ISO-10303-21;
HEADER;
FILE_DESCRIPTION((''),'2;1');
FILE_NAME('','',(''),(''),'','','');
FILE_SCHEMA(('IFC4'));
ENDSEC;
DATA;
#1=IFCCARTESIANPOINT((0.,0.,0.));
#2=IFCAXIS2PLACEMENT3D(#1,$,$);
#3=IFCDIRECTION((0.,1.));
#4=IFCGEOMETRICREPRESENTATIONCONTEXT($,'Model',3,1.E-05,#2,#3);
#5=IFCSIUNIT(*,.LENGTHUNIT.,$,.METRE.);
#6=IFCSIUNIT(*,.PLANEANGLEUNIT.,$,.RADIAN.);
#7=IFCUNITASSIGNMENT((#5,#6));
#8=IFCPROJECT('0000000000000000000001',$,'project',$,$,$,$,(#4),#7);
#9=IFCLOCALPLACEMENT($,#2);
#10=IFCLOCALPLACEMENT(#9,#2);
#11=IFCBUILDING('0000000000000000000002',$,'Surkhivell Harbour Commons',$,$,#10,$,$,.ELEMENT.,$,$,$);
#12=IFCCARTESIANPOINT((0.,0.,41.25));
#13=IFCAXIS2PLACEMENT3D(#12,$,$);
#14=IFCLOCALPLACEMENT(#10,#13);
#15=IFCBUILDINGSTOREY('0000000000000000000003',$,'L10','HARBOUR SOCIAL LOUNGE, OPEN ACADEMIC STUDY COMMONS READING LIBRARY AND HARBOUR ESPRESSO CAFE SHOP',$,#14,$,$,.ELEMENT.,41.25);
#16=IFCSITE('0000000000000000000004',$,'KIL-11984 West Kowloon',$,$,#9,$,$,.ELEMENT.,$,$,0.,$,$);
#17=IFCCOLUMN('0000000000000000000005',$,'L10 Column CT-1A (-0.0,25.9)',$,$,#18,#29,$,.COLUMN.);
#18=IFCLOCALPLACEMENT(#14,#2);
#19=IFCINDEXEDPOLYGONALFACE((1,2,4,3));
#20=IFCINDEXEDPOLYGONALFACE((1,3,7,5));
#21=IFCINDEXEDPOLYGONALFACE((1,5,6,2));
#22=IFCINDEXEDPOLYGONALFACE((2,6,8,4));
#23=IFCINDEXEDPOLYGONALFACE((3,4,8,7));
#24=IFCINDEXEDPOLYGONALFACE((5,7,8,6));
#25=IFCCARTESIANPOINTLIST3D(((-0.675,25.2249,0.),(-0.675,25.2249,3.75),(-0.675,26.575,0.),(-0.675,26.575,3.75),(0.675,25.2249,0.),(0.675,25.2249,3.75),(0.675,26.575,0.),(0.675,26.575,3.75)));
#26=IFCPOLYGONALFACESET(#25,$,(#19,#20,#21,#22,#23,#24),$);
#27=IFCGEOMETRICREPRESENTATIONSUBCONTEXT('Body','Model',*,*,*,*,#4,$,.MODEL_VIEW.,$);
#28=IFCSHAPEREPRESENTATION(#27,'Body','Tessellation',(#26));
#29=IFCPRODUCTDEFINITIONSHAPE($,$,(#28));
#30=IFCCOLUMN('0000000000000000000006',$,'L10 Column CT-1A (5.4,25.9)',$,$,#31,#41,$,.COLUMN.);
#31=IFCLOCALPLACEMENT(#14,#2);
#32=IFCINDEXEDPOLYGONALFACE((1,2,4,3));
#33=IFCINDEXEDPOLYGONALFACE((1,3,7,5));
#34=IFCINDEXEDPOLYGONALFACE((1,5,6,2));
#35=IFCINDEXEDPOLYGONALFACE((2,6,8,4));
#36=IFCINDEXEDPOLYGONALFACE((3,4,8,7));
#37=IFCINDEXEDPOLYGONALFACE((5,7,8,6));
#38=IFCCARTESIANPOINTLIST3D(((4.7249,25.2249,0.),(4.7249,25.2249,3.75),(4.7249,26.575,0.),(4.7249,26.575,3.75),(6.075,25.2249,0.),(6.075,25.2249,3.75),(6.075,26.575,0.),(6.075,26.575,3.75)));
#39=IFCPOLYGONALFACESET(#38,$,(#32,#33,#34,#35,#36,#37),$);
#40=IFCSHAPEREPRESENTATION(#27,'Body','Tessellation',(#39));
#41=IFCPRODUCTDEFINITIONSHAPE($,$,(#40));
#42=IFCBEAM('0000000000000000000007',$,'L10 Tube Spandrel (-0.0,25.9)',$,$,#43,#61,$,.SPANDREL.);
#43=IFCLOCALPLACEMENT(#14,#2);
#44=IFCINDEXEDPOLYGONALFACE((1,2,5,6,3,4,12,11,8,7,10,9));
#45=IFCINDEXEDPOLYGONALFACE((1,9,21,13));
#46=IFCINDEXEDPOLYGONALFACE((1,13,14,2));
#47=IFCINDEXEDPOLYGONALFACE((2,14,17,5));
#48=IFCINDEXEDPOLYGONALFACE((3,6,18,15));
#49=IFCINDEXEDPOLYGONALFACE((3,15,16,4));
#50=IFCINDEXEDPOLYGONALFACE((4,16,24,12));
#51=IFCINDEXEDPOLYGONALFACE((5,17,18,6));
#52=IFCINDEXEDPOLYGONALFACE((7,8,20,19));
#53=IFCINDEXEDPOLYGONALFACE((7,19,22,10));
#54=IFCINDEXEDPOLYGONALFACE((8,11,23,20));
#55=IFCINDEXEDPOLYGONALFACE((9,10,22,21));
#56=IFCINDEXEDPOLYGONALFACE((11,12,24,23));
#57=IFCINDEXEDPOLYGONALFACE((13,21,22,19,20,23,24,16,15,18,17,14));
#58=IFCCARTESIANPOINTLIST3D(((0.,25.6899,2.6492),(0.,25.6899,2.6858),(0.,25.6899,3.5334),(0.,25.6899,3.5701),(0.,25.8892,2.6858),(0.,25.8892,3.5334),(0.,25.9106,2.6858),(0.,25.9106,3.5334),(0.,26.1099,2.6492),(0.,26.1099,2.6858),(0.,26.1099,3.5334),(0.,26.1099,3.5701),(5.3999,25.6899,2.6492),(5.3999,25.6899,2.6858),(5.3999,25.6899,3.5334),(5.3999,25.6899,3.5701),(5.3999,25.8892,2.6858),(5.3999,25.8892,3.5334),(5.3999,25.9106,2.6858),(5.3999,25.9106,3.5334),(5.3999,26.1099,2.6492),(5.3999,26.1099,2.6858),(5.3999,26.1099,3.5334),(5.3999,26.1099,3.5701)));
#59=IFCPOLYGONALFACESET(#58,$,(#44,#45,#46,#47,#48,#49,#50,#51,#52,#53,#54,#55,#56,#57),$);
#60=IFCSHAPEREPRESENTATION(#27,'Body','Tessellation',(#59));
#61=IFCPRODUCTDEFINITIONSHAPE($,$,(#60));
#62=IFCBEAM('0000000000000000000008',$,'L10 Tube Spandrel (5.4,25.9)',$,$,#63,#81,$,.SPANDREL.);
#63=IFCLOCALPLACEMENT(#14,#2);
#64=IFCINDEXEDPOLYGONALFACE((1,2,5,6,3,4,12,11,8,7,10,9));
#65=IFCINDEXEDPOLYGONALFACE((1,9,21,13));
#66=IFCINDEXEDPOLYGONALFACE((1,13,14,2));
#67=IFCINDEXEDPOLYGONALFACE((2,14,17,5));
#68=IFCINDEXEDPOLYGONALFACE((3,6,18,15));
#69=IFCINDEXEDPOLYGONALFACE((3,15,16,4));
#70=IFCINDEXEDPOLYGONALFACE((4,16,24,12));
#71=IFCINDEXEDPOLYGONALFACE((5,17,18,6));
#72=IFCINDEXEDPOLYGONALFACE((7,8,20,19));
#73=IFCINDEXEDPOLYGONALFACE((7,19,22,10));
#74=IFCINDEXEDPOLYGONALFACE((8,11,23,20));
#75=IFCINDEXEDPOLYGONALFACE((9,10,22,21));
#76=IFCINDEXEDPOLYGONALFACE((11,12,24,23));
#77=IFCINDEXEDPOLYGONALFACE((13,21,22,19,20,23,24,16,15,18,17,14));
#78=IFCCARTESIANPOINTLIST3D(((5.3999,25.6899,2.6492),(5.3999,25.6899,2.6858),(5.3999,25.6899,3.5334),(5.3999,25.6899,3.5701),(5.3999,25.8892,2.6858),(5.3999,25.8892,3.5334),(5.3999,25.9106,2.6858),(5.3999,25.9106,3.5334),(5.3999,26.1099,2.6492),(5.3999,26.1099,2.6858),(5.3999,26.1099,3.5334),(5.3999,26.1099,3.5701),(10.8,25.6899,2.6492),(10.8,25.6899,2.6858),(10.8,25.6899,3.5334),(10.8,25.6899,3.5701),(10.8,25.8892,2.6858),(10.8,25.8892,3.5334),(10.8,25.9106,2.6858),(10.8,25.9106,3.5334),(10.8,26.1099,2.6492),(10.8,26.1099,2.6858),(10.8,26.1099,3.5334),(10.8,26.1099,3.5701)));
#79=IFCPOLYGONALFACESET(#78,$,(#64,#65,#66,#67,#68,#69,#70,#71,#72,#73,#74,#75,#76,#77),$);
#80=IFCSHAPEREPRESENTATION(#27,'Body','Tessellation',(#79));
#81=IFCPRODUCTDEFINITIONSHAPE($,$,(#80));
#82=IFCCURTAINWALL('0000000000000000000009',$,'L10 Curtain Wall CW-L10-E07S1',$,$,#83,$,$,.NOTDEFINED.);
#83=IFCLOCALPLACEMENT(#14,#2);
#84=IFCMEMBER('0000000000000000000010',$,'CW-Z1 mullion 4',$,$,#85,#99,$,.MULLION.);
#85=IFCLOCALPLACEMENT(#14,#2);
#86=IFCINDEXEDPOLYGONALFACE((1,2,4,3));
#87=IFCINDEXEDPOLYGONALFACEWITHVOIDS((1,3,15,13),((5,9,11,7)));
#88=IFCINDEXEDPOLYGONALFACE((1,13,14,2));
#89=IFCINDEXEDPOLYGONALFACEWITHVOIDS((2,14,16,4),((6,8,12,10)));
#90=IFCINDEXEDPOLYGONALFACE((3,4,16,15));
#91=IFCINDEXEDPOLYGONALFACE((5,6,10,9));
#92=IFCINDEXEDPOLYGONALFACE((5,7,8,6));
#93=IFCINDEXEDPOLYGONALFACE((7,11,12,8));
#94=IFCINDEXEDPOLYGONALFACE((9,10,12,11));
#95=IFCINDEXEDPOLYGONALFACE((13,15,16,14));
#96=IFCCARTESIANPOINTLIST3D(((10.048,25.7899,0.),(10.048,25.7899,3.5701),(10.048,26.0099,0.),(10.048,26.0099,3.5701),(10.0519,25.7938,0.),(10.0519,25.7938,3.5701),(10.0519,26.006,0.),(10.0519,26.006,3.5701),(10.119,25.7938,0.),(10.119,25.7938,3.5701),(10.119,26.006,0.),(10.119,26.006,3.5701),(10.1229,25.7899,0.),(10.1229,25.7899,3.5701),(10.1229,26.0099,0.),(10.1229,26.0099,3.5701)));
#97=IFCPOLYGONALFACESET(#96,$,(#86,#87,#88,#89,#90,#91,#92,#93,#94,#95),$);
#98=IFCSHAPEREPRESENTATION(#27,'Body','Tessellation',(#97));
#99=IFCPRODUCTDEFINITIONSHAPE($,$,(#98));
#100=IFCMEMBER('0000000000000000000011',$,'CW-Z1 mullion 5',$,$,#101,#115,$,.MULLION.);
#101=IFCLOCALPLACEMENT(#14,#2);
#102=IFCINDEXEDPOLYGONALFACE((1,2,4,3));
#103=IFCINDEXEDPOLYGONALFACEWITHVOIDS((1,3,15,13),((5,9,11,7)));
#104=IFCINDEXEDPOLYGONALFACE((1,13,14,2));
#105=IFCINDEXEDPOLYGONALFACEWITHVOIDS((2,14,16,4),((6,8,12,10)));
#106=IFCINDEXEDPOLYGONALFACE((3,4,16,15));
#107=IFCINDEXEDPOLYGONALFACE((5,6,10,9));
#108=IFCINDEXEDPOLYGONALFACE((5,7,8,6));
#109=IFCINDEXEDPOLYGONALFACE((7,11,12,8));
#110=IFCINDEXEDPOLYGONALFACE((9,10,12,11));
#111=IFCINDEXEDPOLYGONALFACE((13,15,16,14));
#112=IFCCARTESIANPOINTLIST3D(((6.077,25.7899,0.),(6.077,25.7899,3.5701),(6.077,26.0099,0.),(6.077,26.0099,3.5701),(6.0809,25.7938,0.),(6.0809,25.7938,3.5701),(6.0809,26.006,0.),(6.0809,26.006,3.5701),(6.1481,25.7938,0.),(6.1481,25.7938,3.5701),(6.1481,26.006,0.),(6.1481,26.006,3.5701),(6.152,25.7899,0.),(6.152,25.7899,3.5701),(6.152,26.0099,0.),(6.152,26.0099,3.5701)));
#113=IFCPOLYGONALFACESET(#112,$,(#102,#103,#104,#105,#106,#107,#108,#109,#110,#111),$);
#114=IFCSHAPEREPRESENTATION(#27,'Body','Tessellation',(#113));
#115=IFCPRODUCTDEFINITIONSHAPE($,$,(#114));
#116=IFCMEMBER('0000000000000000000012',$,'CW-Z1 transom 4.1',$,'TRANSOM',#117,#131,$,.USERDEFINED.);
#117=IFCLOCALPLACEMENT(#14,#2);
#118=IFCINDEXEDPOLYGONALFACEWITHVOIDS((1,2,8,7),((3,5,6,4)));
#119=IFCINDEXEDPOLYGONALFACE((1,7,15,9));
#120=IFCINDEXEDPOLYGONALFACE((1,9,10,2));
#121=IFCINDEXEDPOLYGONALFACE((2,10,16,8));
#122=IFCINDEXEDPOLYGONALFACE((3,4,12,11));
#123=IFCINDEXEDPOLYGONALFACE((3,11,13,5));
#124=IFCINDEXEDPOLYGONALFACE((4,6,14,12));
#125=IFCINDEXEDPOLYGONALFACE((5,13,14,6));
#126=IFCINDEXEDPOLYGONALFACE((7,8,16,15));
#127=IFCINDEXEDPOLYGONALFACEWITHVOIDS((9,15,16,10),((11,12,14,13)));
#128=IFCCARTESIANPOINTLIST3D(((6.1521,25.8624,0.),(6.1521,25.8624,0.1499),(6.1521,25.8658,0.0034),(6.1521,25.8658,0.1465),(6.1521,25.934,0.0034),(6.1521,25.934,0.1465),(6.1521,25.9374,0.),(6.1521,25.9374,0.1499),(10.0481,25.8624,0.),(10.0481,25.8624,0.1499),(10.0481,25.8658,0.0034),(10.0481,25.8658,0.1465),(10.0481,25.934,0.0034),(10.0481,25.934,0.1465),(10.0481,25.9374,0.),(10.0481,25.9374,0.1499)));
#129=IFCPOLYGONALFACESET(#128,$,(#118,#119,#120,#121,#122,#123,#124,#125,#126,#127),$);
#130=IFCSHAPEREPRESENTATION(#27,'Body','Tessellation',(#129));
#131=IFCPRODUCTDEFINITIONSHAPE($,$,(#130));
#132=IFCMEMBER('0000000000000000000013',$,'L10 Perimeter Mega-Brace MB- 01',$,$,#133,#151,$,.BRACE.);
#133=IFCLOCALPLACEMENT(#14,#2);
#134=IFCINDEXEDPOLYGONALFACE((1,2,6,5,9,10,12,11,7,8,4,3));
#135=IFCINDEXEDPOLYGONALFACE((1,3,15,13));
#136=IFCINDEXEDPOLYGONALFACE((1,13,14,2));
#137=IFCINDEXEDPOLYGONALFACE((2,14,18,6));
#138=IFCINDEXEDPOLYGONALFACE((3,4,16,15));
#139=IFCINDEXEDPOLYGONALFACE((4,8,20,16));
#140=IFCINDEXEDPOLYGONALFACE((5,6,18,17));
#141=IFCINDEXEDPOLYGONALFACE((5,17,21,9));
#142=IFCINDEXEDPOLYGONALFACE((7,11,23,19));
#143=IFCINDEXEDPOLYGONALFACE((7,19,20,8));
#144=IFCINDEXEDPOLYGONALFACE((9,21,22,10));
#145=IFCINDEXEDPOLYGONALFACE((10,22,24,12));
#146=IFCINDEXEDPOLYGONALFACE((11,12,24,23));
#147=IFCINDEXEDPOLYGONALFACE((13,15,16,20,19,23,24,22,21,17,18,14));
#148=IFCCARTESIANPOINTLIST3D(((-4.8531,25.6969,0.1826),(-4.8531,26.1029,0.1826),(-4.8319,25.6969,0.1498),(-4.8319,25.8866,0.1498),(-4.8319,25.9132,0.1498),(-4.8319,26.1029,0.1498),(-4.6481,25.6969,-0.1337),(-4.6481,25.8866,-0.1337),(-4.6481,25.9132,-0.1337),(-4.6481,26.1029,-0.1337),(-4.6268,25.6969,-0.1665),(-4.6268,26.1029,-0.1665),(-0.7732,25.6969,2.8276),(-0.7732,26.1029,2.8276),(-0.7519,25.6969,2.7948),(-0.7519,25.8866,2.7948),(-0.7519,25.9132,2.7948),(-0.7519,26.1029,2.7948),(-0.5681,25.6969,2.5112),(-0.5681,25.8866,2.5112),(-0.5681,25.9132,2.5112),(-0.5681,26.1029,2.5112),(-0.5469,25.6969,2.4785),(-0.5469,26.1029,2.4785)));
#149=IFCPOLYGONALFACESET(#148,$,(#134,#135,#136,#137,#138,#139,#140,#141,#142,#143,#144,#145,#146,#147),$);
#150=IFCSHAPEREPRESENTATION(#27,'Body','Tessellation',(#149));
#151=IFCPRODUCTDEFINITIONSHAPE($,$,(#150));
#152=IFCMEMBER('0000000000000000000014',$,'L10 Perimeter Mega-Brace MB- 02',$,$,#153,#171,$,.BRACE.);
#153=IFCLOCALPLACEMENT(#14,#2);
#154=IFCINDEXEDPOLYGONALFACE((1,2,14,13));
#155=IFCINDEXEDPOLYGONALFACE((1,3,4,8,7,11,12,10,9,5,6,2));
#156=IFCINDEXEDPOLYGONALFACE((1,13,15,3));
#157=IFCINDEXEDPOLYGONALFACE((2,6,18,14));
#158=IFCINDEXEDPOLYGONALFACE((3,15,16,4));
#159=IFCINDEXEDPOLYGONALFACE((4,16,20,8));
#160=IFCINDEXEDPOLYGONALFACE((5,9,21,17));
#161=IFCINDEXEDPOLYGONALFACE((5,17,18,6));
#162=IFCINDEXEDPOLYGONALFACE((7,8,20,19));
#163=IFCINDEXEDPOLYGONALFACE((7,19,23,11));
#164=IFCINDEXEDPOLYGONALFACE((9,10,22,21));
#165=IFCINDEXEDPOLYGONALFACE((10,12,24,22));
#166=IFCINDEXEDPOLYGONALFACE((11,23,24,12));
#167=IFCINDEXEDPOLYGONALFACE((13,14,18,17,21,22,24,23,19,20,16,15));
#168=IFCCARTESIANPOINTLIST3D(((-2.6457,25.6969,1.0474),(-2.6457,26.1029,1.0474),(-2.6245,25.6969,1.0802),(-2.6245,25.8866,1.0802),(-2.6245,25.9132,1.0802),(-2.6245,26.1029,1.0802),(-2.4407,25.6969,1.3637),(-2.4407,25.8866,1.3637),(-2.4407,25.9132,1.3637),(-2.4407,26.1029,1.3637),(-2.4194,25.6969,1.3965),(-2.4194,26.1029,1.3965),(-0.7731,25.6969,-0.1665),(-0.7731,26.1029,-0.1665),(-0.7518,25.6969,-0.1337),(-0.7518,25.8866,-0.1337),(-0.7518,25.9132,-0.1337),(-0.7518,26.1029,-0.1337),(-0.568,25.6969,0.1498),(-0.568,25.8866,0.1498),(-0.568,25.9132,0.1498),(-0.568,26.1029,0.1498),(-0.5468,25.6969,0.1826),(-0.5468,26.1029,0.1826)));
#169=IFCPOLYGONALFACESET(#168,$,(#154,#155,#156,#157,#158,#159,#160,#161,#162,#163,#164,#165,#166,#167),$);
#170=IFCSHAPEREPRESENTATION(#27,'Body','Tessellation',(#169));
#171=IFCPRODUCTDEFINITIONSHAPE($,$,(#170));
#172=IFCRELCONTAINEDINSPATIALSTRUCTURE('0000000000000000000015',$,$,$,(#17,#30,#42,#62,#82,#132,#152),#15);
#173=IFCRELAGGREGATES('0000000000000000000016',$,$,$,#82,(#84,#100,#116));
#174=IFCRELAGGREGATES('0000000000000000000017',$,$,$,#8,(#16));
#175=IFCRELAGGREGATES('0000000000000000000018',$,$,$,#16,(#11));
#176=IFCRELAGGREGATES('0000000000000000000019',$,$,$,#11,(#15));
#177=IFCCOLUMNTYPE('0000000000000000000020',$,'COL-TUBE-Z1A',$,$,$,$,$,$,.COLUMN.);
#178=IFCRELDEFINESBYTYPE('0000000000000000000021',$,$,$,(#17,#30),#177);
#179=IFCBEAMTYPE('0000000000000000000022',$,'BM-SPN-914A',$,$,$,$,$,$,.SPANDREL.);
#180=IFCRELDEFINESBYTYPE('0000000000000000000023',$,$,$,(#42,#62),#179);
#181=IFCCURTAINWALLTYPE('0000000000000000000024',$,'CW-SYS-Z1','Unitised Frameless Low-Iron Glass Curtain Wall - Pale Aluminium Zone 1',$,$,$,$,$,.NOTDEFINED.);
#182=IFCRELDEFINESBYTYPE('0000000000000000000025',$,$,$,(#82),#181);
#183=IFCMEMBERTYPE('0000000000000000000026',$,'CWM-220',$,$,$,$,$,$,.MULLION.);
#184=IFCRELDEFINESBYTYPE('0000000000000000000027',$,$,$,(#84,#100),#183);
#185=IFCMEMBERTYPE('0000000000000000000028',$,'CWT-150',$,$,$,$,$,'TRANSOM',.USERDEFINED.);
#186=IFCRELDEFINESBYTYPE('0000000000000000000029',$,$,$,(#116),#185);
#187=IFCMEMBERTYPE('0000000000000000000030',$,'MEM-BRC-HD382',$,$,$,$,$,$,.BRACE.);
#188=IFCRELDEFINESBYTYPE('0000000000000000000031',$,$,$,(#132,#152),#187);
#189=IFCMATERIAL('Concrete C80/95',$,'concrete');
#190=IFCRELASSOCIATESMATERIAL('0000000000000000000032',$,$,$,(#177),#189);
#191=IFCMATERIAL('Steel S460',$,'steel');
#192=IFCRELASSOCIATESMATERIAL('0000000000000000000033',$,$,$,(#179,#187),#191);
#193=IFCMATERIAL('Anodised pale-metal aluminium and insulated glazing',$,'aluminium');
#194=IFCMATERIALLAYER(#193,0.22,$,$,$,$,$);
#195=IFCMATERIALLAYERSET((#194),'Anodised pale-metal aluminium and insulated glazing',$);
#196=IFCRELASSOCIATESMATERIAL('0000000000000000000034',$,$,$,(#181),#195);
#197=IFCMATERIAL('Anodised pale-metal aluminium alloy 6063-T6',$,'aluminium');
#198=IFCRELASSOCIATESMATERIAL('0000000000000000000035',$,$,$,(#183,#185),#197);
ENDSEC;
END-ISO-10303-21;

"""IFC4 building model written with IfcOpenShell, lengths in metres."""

from ifc_helpers import new_model, si_unit, direction, frame, origin, origin_2d, place, context, subcontext, project, spatial, rectangle, hollow_rectangle, i_section, extrude, material, layer, layer_set, material_profile, profile_set, type_object, element, aggregate, save


model = new_model("IFC4")

# Units and contexts
model_context = context("Model", 3, precision=1e-05, world=origin(), true_north=direction((0.0, 1.0)))
body_context = subcontext(model_context, "Body", "Model", "MODEL_VIEW")
ifc_project = project(units=[si_unit("LENGTHUNIT", "METRE"), si_unit("PLANEANGLEUNIT", "RADIAN")], contexts=[model_context])

# Site, building, storey
site_placement = place(None, origin())
site = spatial("IfcSite", under=ifc_project, at=site_placement, Name="KIL-11984 West Kowloon", CompositionType="ELEMENT", RefElevation=0.0)
building_placement = place(site_placement, origin())
building = spatial("IfcBuilding", under=site, at=building_placement, Name="Surkhivell Harbour Commons", CompositionType="ELEMENT")
storey_placement = place(building_placement, frame((0.0, 0.0, 41.25)))
storey = spatial("IfcBuildingStorey", under=building, at=storey_placement, Name="L10", Description="HARBOUR SOCIAL LOUNGE, OPEN ACADEMIC STUDY COMMONS READING LIBRARY AND HARBOUR ESPRESSO CAFE SHOP", CompositionType="ELEMENT", Elevation=41.25)

# Columns
ifc_material_1 = material(Name="Concrete C80/95", Category="concrete")
ifc_material_profile_1 = material_profile(ifc_material_1, rectangle(XDim=1.3501, YDim=1.3501, at=origin_2d()), Name="RC-COL-1350x1350")
ifc_profile_set_1 = profile_set([ifc_material_profile_1], Name="Concrete C80/95")
column_type = type_object("IfcColumnType", Name="COL-TUBE-Z1A", PredefinedType="COLUMN", material=ifc_profile_set_1)
for number, where, z_axis, x_axis, name in (
    (1, (0.0, 25.8999, 0.0), (0.0, 0.0, 1.0), (1.0, 0.0, 0.0), "L10 Column CT-1A (-0.0,25.9)"),
    (2, (5.3999, 25.8999, 0.0), (0.0, 0.0, 1.0), (1.0, 0.0, 0.0), "L10 Column CT-1A (5.4,25.9)"),
):
    element("IfcColumn", number, at=place(storey_placement, frame(where, z_axis=z_axis, x_axis=x_axis)), inside=storey, type_object=column_type, Name=name, PredefinedType="COLUMN", context=body_context, shape_type="SweptSolid", body=[
        extrude(rectangle(XDim=1.3501, YDim=1.3501, at=origin_2d()), origin(), (0.0, 0.0, 1.0), 3.75),
    ])

# Beams
ifc_material_2 = material(Name="Steel S460", Category="steel")
ifc_material_profile_2 = material_profile(ifc_material_2, i_section(OverallWidth=0.4199, OverallDepth=0.9209, WebThickness=0.0215, FlangeThickness=0.0366, at=origin_2d()), Name="UB914x419x388")
ifc_profile_set_2 = profile_set([ifc_material_profile_2], Name="Steel S460")
beam_type = type_object("IfcBeamType", Name="BM-SPN-914A", PredefinedType="SPANDREL", material=ifc_profile_set_2)
beam_1_placement = place(storey_placement, frame((0.0, 25.8999, 3.1096), z_axis=(1.0, 0.0, 0.0), x_axis=(0.0, 1.0, 0.0)))
element("IfcBeam", 3, at=beam_1_placement, inside=storey, type_object=beam_type, Name="L10 Tube Spandrel (-0.0,25.9)", PredefinedType="SPANDREL", context=body_context, shape_type="SweptSolid", body=[
    extrude(i_section(OverallWidth=0.4199, OverallDepth=0.9209, WebThickness=0.0215, FlangeThickness=0.0366, at=origin_2d()), origin(), (0.0, 0.0, 1.0), 5.3999),
])
beam_2_placement = place(storey_placement, frame((5.3999, 25.8999, 3.1096), z_axis=(1.0, 0.0, 0.0), x_axis=(0.0, 1.0, 0.0)))
element("IfcBeam", 4, at=beam_2_placement, inside=storey, type_object=beam_type, Name="L10 Tube Spandrel (5.4,25.9)", PredefinedType="SPANDREL", context=body_context, shape_type="SweptSolid", body=[
    extrude(i_section(OverallWidth=0.4199, OverallDepth=0.9209, WebThickness=0.0215, FlangeThickness=0.0366, at=origin_2d()), origin(), (0.0, 0.0, 1.0), 5.4001),
])

# Curtain wall, members
ifc_material_3 = material(Name="Anodised pale-metal aluminium and insulated glazing", Category="aluminium")
ifc_layer_1 = layer(ifc_material_3, 0.22)
ifc_layer_set_1 = layer_set([ifc_layer_1], Name="Anodised pale-metal aluminium and insulated glazing")
curtain_wall_type = type_object("IfcCurtainWallType", Name="CW-SYS-Z1", Description="Unitised Frameless Low-Iron Glass Curtain Wall - Pale Aluminium Zone 1", PredefinedType="NOTDEFINED", material=ifc_layer_set_1)
curtain_wall_placement = place(storey_placement, origin())
curtain_wall = element("IfcCurtainWall", 5, at=curtain_wall_placement, inside=storey, type_object=curtain_wall_type, Name="L10 Curtain Wall CW-L10-E07S1", PredefinedType="NOTDEFINED")
ifc_material_4 = material(Name="Anodised pale-metal aluminium alloy 6063-T6", Category="aluminium")
ifc_material_profile_3 = material_profile(ifc_material_4, hollow_rectangle(XDim=0.075, YDim=0.22, WallThickness=0.0039, at=origin_2d()), Name="ALU-MULL-75x220")
ifc_profile_set_3 = profile_set([ifc_material_profile_3], Name="Anodised pale-metal aluminium alloy 6063-T6")
member_type_1 = type_object("IfcMemberType", Name="CWM-220", PredefinedType="MULLION", material=ifc_profile_set_3)
member_1_placement = place(storey_placement, frame((10.0854, 25.8999, 0.0), z_axis=(0.0, 0.0, 1.0), x_axis=(-1.0, 0.0, 0.0)))
member_1 = element("IfcMember", 6, at=member_1_placement, type_object=member_type_1, Name="CW-Z1 mullion 4", PredefinedType="MULLION", context=body_context, shape_type="SweptSolid", body=[
    extrude(hollow_rectangle(XDim=0.075, YDim=0.22, WallThickness=0.0039, at=origin_2d()), origin(), (0.0, 0.0, 1.0), 3.5701),
])
member_2_placement = place(storey_placement, frame((6.1145, 25.8999, 0.0), z_axis=(0.0, 0.0, 1.0), x_axis=(-1.0, 0.0, 0.0)))
member_2 = element("IfcMember", 7, at=member_2_placement, type_object=member_type_1, Name="CW-Z1 mullion 5", PredefinedType="MULLION", context=body_context, shape_type="SweptSolid", body=[
    extrude(hollow_rectangle(XDim=0.075, YDim=0.22, WallThickness=0.0039, at=origin_2d()), origin(), (0.0, 0.0, 1.0), 3.5701),
])
ifc_material_profile_4 = material_profile(ifc_material_4, hollow_rectangle(XDim=0.075, YDim=0.1499, WallThickness=0.0034, at=origin_2d()), Name="ALU-TRAN-75x150")
ifc_profile_set_4 = profile_set([ifc_material_profile_4], Name="Anodised pale-metal aluminium alloy 6063-T6")
member_type_2 = type_object("IfcMemberType", Name="CWT-150", ElementType="TRANSOM", PredefinedType="USERDEFINED", material=ifc_profile_set_4)
member_3_placement = place(storey_placement, frame((10.0481, 25.8999, 0.075), z_axis=(-1.0, 0.0, 0.0), x_axis=(0.0, -1.0, 0.0)))
member_3 = element("IfcMember", 8, at=member_3_placement, type_object=member_type_2, Name="CW-Z1 transom 4.1", ObjectType="TRANSOM", PredefinedType="USERDEFINED", context=body_context, shape_type="SweptSolid", body=[
    extrude(hollow_rectangle(XDim=0.075, YDim=0.1499, WallThickness=0.0034, at=origin_2d()), origin(), (0.0, 0.0, 1.0), 3.896),
])

# Members
ifc_material_profile_5 = material_profile(ifc_material_2, i_section(OverallWidth=0.406, OverallDepth=0.416, WebThickness=0.0266, FlangeThickness=0.0391, at=origin_2d()), Name="HD400x382")
ifc_profile_set_5 = profile_set([ifc_material_profile_5], Name="Steel S460")
member_type_3 = type_object("IfcMemberType", Name="MEM-BRC-HD382", PredefinedType="BRACE", material=ifc_profile_set_5)
member_4_placement = place(storey_placement, frame((-4.74, 25.8999, 0.0081), z_axis=(0.839104, 0.0, 0.543971), x_axis=(0.0, 1.0, 0.0)))
element("IfcMember", 9, at=member_4_placement, inside=storey, type_object=member_type_3, Name="L10 Perimeter Mega-Brace MB- 01", PredefinedType="BRACE", context=body_context, shape_type="SweptSolid", body=[
    extrude(i_section(OverallWidth=0.406, OverallDepth=0.416, WebThickness=0.0266, FlangeThickness=0.0391, at=origin_2d()), origin(), (0.0, 0.0, 1.0), 4.8623),
])
member_5_placement = place(storey_placement, frame((-0.6599, 25.8999, 0.0081), z_axis=(-0.839118, 0.0, 0.54395), x_axis=(0.0, -1.0, 0.0)))
element("IfcMember", 10, at=member_5_placement, inside=storey, type_object=member_type_3, Name="L10 Perimeter Mega-Brace MB- 02", PredefinedType="BRACE", context=body_context, shape_type="SweptSolid", body=[
    extrude(i_section(OverallWidth=0.406, OverallDepth=0.416, WebThickness=0.0266, FlangeThickness=0.0391, at=origin_2d()), origin(), (0.0, 0.0, 1.0), 2.2317),
])

aggregate(curtain_wall, [member_1, member_2, member_3])

save(model, "model.ifc")
